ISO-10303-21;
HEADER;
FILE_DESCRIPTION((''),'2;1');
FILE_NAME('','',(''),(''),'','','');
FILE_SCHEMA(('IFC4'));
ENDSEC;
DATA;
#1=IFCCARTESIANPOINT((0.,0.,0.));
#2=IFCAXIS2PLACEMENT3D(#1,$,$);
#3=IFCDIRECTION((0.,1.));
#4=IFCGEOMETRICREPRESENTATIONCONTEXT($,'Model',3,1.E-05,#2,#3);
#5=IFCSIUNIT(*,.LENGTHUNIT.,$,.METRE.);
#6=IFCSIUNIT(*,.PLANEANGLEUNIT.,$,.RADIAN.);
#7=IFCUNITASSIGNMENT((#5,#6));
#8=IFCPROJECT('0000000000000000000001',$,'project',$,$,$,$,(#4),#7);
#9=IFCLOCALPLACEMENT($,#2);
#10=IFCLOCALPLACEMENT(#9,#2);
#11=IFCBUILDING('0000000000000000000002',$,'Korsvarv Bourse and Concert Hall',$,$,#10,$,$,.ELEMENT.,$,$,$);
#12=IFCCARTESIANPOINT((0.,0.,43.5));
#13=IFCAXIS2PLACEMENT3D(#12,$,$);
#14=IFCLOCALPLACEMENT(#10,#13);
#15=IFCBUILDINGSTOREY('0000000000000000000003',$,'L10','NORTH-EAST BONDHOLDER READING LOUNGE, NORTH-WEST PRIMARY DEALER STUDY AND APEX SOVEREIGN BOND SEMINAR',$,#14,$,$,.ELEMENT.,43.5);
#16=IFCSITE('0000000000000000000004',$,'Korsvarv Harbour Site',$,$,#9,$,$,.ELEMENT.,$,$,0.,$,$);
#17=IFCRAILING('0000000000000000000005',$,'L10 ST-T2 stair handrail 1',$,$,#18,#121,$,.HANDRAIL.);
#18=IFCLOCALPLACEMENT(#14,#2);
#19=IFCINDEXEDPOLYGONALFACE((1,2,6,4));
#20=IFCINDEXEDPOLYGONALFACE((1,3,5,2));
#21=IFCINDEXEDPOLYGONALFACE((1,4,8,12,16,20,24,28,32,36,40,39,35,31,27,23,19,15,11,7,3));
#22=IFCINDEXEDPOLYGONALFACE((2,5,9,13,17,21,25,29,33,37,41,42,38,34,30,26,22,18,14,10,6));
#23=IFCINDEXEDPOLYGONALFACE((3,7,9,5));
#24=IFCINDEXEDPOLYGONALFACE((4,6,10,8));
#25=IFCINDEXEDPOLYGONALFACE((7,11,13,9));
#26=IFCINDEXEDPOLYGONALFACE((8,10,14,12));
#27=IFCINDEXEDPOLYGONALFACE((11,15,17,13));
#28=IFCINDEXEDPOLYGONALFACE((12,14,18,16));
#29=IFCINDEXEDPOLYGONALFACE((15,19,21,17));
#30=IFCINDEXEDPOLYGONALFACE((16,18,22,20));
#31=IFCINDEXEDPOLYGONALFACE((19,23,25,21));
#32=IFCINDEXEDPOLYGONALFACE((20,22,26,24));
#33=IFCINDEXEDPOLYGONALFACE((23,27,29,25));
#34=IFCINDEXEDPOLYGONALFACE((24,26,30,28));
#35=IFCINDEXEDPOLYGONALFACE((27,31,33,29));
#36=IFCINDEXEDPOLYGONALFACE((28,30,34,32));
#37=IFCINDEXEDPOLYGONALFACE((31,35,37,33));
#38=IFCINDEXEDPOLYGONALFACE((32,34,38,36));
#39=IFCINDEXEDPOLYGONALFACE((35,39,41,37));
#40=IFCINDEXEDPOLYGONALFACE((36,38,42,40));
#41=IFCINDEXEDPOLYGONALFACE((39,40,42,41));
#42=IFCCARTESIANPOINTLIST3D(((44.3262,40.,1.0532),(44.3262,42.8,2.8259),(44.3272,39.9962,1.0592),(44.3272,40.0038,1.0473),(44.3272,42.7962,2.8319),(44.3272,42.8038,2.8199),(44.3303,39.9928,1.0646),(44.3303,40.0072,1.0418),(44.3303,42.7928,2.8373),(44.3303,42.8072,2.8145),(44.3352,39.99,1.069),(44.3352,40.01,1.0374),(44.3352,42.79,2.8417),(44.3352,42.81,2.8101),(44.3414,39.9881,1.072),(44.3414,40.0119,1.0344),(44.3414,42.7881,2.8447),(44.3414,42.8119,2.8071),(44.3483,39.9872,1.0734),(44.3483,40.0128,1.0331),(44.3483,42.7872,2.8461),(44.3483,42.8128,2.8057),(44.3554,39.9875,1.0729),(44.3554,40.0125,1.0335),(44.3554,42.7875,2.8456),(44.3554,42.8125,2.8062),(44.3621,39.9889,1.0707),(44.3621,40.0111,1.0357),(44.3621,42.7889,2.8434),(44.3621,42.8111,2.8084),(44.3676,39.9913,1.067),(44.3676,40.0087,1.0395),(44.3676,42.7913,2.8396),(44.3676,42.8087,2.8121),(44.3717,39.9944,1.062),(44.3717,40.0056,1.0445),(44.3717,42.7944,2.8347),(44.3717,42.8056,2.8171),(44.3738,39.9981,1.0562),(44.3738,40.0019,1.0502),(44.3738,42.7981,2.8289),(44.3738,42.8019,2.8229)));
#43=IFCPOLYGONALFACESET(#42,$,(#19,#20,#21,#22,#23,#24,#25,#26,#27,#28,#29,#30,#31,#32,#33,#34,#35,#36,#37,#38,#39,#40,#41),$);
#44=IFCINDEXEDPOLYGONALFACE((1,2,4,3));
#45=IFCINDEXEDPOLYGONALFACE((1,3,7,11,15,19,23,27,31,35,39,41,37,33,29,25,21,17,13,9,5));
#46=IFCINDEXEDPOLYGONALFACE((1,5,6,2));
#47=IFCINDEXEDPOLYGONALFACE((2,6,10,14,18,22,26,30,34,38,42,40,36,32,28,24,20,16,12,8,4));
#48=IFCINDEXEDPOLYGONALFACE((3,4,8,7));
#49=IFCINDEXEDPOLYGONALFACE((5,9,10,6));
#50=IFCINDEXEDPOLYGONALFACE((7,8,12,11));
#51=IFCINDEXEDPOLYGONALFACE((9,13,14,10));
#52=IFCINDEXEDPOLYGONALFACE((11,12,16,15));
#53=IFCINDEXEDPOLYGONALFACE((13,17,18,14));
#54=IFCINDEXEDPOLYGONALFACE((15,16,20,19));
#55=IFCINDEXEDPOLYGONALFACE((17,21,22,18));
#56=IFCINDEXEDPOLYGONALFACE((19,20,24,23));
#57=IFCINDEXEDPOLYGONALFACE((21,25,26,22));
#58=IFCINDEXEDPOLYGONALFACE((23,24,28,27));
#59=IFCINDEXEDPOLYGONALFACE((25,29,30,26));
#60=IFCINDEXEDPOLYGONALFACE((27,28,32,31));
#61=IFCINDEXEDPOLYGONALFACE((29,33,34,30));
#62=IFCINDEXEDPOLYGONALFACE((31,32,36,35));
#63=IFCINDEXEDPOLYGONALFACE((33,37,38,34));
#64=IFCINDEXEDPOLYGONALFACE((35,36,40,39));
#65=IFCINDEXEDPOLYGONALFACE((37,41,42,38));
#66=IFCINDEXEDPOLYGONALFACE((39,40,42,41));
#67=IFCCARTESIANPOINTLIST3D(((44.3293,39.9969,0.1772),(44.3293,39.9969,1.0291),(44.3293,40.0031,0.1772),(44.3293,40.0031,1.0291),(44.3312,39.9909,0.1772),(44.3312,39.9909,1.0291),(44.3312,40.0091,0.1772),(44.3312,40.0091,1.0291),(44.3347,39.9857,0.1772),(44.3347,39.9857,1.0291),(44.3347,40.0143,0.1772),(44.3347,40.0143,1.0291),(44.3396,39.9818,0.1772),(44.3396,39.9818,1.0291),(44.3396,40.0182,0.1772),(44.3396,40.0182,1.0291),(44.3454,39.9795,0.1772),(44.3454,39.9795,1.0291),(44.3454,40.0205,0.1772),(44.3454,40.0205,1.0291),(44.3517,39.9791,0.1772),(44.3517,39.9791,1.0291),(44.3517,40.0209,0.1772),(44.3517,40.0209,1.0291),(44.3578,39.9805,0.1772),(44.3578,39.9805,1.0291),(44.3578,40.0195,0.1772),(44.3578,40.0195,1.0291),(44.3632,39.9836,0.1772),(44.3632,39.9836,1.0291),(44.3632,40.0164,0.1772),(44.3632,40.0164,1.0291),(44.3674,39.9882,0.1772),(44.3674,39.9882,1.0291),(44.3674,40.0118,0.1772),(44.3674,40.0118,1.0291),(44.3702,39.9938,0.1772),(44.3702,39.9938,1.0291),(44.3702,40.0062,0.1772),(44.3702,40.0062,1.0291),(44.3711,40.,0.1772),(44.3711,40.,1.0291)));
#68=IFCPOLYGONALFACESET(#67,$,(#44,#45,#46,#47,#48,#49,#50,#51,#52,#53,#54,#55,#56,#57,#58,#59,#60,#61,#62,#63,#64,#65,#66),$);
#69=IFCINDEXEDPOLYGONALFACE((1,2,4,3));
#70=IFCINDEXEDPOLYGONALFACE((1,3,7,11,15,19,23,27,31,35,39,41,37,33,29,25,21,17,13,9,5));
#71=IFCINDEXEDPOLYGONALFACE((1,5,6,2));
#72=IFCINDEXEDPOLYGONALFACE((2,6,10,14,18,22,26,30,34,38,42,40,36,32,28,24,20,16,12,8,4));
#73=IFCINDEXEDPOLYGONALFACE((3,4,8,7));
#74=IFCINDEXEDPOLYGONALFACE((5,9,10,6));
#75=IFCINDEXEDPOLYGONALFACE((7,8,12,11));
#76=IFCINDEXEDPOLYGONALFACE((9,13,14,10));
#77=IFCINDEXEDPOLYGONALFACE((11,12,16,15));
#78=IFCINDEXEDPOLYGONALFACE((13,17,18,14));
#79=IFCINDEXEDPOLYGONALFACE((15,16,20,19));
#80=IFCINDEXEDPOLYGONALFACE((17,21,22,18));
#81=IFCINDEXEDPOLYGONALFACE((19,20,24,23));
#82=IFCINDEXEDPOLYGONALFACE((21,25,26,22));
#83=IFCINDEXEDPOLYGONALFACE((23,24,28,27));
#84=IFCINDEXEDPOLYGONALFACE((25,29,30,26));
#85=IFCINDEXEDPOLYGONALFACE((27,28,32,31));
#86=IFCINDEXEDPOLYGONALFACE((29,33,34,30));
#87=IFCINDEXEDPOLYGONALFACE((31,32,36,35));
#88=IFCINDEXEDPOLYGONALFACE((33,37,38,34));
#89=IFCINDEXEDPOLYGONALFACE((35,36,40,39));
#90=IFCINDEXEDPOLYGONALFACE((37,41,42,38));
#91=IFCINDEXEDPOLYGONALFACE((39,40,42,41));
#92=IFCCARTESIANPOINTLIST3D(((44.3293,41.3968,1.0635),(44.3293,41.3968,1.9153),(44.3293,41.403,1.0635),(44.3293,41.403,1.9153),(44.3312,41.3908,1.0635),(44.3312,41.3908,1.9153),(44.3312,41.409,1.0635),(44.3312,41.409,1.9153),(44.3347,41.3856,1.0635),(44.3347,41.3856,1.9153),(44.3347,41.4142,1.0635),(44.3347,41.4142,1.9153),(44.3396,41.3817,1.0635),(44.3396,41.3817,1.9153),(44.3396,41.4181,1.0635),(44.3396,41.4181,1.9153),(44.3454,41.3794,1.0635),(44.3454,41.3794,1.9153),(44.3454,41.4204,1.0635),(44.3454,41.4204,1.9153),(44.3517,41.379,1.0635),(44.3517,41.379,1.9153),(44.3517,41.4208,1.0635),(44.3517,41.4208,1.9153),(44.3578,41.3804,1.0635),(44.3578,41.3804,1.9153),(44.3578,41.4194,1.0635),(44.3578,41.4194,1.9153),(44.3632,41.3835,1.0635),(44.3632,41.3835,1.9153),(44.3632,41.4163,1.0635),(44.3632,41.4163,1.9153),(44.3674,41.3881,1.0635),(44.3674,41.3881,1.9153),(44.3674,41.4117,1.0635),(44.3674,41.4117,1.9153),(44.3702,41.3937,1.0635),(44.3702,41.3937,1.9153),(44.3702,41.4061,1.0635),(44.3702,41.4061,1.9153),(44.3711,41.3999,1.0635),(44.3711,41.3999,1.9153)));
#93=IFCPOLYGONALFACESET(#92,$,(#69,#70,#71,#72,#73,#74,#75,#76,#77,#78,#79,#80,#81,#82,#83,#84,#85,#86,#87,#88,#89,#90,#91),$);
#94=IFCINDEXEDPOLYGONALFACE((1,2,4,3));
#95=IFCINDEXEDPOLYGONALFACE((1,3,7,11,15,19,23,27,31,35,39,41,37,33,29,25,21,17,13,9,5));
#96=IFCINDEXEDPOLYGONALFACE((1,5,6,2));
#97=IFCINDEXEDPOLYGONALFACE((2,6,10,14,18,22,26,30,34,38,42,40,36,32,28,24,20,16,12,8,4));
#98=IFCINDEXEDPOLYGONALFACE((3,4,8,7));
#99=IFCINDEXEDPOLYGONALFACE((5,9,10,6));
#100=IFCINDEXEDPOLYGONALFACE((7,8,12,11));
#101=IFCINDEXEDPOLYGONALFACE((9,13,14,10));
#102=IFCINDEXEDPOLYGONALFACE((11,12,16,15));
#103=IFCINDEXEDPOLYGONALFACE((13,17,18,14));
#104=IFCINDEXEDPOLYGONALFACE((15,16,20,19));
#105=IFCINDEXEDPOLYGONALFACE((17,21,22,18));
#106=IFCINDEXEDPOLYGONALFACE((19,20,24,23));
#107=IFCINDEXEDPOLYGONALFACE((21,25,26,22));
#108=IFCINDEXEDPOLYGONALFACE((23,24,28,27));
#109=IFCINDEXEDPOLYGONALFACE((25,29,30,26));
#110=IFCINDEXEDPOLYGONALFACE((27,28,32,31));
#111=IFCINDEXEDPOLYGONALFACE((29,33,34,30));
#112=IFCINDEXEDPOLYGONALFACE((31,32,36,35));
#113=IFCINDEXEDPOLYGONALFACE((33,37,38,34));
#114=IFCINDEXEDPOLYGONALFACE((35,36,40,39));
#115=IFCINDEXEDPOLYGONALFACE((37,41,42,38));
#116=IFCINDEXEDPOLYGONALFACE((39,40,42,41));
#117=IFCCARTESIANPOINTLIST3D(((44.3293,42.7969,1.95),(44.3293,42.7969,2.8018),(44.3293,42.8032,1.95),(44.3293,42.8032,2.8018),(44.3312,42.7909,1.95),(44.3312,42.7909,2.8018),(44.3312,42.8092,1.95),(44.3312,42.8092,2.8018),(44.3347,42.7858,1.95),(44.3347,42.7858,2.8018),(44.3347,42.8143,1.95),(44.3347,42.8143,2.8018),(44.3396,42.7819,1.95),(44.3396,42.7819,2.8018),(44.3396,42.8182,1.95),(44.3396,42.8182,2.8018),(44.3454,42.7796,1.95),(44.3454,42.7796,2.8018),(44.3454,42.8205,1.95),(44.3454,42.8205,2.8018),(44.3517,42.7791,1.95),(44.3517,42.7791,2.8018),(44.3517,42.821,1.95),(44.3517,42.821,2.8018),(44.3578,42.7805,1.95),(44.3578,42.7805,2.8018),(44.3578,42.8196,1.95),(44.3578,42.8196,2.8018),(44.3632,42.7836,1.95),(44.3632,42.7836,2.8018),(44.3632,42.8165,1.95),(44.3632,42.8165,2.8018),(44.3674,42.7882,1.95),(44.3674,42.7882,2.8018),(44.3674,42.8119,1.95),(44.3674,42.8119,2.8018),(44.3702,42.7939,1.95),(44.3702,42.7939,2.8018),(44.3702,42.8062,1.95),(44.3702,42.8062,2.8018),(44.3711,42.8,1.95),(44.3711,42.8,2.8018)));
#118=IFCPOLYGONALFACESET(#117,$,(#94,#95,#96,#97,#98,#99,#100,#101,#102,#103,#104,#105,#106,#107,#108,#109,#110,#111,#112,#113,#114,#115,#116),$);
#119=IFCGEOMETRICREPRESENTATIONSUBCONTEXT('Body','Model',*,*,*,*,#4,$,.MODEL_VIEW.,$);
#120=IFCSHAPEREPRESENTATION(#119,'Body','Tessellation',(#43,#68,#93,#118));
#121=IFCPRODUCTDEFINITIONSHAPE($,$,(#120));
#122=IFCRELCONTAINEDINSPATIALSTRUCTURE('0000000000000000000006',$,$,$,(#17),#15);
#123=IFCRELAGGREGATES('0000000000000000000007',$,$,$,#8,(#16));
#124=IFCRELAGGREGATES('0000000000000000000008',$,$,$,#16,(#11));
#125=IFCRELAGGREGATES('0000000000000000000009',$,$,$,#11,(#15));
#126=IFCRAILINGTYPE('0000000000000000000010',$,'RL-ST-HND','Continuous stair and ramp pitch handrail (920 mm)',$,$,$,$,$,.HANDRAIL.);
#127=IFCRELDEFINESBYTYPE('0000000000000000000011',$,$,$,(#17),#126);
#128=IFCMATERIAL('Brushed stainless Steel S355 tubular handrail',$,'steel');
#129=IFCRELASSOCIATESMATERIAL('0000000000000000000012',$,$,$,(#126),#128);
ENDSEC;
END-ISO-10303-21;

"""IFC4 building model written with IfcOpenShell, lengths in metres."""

from ifc_helpers import new_model, si_unit, direction, frame, origin, origin_2d, place, context, subcontext, project, spatial, circle, extrude, material, type_object, element, save


model = new_model("IFC4")

# Units and contexts
model_context = context("Model", 3, precision=1e-05, world=origin(), true_north=direction((0.0, 1.0)))
body_context = subcontext(model_context, "Body", "Model", "MODEL_VIEW")
ifc_project = project(units=[si_unit("LENGTHUNIT", "METRE"), si_unit("PLANEANGLEUNIT", "RADIAN")], contexts=[model_context])

# Site, building, storey
site_placement = place(None, origin())
site = spatial("IfcSite", under=ifc_project, at=site_placement, Name="Korsvarv Harbour Site", CompositionType="ELEMENT", RefElevation=0.0)
building_placement = place(site_placement, origin())
building = spatial("IfcBuilding", under=site, at=building_placement, Name="Korsvarv Bourse and Concert Hall", CompositionType="ELEMENT")
storey_placement = place(building_placement, frame((0.0, 0.0, 43.5)))
storey = spatial("IfcBuildingStorey", under=building, at=storey_placement, Name="L10", Description="NORTH-EAST BONDHOLDER READING LOUNGE, NORTH-WEST PRIMARY DEALER STUDY AND APEX SOVEREIGN BOND SEMINAR", CompositionType="ELEMENT", Elevation=43.5)

# Railing
ifc_material_1 = material(Name="Brushed stainless Steel S355 tubular handrail", Category="steel")
railing_type_1 = type_object("IfcRailingType", Name="RL-ST-HND", Description="Continuous stair and ramp pitch handrail (920 mm)", PredefinedType="HANDRAIL", material=ifc_material_1)
railing_1_placement = place(storey_placement, frame((44.3501, 40.0, 0.1772)))
element("IfcRailing", 1, at=railing_1_placement, inside=storey, type_object=railing_type_1, Name="L10 ST-T2 stair handrail 1", PredefinedType="HANDRAIL", context=body_context, shape_type="SweptSolid", body=[
    extrude(circle(Radius=0.0239, at=origin_2d()), frame((0.0, 0.0, 0.876), z_axis=(0.0, 0.844909, 0.53491), x_axis=(-1.0, 0.0, 0.0)), (0.0, 0.0, 1.0), 3.314),
    extrude(circle(Radius=0.021, at=origin_2d()), origin(), (0.0, 0.0, 1.0), 0.8518),
    extrude(circle(Radius=0.021, at=origin_2d()), frame((0.0, 1.3999, 0.8862)), (0.0, 0.0, 1.0), 0.8518),
    extrude(circle(Radius=0.021, at=origin_2d()), frame((0.0, 2.8, 1.7727)), (0.0, 0.0, 1.0), 0.8518),
])

save(model, "model.ifc")
